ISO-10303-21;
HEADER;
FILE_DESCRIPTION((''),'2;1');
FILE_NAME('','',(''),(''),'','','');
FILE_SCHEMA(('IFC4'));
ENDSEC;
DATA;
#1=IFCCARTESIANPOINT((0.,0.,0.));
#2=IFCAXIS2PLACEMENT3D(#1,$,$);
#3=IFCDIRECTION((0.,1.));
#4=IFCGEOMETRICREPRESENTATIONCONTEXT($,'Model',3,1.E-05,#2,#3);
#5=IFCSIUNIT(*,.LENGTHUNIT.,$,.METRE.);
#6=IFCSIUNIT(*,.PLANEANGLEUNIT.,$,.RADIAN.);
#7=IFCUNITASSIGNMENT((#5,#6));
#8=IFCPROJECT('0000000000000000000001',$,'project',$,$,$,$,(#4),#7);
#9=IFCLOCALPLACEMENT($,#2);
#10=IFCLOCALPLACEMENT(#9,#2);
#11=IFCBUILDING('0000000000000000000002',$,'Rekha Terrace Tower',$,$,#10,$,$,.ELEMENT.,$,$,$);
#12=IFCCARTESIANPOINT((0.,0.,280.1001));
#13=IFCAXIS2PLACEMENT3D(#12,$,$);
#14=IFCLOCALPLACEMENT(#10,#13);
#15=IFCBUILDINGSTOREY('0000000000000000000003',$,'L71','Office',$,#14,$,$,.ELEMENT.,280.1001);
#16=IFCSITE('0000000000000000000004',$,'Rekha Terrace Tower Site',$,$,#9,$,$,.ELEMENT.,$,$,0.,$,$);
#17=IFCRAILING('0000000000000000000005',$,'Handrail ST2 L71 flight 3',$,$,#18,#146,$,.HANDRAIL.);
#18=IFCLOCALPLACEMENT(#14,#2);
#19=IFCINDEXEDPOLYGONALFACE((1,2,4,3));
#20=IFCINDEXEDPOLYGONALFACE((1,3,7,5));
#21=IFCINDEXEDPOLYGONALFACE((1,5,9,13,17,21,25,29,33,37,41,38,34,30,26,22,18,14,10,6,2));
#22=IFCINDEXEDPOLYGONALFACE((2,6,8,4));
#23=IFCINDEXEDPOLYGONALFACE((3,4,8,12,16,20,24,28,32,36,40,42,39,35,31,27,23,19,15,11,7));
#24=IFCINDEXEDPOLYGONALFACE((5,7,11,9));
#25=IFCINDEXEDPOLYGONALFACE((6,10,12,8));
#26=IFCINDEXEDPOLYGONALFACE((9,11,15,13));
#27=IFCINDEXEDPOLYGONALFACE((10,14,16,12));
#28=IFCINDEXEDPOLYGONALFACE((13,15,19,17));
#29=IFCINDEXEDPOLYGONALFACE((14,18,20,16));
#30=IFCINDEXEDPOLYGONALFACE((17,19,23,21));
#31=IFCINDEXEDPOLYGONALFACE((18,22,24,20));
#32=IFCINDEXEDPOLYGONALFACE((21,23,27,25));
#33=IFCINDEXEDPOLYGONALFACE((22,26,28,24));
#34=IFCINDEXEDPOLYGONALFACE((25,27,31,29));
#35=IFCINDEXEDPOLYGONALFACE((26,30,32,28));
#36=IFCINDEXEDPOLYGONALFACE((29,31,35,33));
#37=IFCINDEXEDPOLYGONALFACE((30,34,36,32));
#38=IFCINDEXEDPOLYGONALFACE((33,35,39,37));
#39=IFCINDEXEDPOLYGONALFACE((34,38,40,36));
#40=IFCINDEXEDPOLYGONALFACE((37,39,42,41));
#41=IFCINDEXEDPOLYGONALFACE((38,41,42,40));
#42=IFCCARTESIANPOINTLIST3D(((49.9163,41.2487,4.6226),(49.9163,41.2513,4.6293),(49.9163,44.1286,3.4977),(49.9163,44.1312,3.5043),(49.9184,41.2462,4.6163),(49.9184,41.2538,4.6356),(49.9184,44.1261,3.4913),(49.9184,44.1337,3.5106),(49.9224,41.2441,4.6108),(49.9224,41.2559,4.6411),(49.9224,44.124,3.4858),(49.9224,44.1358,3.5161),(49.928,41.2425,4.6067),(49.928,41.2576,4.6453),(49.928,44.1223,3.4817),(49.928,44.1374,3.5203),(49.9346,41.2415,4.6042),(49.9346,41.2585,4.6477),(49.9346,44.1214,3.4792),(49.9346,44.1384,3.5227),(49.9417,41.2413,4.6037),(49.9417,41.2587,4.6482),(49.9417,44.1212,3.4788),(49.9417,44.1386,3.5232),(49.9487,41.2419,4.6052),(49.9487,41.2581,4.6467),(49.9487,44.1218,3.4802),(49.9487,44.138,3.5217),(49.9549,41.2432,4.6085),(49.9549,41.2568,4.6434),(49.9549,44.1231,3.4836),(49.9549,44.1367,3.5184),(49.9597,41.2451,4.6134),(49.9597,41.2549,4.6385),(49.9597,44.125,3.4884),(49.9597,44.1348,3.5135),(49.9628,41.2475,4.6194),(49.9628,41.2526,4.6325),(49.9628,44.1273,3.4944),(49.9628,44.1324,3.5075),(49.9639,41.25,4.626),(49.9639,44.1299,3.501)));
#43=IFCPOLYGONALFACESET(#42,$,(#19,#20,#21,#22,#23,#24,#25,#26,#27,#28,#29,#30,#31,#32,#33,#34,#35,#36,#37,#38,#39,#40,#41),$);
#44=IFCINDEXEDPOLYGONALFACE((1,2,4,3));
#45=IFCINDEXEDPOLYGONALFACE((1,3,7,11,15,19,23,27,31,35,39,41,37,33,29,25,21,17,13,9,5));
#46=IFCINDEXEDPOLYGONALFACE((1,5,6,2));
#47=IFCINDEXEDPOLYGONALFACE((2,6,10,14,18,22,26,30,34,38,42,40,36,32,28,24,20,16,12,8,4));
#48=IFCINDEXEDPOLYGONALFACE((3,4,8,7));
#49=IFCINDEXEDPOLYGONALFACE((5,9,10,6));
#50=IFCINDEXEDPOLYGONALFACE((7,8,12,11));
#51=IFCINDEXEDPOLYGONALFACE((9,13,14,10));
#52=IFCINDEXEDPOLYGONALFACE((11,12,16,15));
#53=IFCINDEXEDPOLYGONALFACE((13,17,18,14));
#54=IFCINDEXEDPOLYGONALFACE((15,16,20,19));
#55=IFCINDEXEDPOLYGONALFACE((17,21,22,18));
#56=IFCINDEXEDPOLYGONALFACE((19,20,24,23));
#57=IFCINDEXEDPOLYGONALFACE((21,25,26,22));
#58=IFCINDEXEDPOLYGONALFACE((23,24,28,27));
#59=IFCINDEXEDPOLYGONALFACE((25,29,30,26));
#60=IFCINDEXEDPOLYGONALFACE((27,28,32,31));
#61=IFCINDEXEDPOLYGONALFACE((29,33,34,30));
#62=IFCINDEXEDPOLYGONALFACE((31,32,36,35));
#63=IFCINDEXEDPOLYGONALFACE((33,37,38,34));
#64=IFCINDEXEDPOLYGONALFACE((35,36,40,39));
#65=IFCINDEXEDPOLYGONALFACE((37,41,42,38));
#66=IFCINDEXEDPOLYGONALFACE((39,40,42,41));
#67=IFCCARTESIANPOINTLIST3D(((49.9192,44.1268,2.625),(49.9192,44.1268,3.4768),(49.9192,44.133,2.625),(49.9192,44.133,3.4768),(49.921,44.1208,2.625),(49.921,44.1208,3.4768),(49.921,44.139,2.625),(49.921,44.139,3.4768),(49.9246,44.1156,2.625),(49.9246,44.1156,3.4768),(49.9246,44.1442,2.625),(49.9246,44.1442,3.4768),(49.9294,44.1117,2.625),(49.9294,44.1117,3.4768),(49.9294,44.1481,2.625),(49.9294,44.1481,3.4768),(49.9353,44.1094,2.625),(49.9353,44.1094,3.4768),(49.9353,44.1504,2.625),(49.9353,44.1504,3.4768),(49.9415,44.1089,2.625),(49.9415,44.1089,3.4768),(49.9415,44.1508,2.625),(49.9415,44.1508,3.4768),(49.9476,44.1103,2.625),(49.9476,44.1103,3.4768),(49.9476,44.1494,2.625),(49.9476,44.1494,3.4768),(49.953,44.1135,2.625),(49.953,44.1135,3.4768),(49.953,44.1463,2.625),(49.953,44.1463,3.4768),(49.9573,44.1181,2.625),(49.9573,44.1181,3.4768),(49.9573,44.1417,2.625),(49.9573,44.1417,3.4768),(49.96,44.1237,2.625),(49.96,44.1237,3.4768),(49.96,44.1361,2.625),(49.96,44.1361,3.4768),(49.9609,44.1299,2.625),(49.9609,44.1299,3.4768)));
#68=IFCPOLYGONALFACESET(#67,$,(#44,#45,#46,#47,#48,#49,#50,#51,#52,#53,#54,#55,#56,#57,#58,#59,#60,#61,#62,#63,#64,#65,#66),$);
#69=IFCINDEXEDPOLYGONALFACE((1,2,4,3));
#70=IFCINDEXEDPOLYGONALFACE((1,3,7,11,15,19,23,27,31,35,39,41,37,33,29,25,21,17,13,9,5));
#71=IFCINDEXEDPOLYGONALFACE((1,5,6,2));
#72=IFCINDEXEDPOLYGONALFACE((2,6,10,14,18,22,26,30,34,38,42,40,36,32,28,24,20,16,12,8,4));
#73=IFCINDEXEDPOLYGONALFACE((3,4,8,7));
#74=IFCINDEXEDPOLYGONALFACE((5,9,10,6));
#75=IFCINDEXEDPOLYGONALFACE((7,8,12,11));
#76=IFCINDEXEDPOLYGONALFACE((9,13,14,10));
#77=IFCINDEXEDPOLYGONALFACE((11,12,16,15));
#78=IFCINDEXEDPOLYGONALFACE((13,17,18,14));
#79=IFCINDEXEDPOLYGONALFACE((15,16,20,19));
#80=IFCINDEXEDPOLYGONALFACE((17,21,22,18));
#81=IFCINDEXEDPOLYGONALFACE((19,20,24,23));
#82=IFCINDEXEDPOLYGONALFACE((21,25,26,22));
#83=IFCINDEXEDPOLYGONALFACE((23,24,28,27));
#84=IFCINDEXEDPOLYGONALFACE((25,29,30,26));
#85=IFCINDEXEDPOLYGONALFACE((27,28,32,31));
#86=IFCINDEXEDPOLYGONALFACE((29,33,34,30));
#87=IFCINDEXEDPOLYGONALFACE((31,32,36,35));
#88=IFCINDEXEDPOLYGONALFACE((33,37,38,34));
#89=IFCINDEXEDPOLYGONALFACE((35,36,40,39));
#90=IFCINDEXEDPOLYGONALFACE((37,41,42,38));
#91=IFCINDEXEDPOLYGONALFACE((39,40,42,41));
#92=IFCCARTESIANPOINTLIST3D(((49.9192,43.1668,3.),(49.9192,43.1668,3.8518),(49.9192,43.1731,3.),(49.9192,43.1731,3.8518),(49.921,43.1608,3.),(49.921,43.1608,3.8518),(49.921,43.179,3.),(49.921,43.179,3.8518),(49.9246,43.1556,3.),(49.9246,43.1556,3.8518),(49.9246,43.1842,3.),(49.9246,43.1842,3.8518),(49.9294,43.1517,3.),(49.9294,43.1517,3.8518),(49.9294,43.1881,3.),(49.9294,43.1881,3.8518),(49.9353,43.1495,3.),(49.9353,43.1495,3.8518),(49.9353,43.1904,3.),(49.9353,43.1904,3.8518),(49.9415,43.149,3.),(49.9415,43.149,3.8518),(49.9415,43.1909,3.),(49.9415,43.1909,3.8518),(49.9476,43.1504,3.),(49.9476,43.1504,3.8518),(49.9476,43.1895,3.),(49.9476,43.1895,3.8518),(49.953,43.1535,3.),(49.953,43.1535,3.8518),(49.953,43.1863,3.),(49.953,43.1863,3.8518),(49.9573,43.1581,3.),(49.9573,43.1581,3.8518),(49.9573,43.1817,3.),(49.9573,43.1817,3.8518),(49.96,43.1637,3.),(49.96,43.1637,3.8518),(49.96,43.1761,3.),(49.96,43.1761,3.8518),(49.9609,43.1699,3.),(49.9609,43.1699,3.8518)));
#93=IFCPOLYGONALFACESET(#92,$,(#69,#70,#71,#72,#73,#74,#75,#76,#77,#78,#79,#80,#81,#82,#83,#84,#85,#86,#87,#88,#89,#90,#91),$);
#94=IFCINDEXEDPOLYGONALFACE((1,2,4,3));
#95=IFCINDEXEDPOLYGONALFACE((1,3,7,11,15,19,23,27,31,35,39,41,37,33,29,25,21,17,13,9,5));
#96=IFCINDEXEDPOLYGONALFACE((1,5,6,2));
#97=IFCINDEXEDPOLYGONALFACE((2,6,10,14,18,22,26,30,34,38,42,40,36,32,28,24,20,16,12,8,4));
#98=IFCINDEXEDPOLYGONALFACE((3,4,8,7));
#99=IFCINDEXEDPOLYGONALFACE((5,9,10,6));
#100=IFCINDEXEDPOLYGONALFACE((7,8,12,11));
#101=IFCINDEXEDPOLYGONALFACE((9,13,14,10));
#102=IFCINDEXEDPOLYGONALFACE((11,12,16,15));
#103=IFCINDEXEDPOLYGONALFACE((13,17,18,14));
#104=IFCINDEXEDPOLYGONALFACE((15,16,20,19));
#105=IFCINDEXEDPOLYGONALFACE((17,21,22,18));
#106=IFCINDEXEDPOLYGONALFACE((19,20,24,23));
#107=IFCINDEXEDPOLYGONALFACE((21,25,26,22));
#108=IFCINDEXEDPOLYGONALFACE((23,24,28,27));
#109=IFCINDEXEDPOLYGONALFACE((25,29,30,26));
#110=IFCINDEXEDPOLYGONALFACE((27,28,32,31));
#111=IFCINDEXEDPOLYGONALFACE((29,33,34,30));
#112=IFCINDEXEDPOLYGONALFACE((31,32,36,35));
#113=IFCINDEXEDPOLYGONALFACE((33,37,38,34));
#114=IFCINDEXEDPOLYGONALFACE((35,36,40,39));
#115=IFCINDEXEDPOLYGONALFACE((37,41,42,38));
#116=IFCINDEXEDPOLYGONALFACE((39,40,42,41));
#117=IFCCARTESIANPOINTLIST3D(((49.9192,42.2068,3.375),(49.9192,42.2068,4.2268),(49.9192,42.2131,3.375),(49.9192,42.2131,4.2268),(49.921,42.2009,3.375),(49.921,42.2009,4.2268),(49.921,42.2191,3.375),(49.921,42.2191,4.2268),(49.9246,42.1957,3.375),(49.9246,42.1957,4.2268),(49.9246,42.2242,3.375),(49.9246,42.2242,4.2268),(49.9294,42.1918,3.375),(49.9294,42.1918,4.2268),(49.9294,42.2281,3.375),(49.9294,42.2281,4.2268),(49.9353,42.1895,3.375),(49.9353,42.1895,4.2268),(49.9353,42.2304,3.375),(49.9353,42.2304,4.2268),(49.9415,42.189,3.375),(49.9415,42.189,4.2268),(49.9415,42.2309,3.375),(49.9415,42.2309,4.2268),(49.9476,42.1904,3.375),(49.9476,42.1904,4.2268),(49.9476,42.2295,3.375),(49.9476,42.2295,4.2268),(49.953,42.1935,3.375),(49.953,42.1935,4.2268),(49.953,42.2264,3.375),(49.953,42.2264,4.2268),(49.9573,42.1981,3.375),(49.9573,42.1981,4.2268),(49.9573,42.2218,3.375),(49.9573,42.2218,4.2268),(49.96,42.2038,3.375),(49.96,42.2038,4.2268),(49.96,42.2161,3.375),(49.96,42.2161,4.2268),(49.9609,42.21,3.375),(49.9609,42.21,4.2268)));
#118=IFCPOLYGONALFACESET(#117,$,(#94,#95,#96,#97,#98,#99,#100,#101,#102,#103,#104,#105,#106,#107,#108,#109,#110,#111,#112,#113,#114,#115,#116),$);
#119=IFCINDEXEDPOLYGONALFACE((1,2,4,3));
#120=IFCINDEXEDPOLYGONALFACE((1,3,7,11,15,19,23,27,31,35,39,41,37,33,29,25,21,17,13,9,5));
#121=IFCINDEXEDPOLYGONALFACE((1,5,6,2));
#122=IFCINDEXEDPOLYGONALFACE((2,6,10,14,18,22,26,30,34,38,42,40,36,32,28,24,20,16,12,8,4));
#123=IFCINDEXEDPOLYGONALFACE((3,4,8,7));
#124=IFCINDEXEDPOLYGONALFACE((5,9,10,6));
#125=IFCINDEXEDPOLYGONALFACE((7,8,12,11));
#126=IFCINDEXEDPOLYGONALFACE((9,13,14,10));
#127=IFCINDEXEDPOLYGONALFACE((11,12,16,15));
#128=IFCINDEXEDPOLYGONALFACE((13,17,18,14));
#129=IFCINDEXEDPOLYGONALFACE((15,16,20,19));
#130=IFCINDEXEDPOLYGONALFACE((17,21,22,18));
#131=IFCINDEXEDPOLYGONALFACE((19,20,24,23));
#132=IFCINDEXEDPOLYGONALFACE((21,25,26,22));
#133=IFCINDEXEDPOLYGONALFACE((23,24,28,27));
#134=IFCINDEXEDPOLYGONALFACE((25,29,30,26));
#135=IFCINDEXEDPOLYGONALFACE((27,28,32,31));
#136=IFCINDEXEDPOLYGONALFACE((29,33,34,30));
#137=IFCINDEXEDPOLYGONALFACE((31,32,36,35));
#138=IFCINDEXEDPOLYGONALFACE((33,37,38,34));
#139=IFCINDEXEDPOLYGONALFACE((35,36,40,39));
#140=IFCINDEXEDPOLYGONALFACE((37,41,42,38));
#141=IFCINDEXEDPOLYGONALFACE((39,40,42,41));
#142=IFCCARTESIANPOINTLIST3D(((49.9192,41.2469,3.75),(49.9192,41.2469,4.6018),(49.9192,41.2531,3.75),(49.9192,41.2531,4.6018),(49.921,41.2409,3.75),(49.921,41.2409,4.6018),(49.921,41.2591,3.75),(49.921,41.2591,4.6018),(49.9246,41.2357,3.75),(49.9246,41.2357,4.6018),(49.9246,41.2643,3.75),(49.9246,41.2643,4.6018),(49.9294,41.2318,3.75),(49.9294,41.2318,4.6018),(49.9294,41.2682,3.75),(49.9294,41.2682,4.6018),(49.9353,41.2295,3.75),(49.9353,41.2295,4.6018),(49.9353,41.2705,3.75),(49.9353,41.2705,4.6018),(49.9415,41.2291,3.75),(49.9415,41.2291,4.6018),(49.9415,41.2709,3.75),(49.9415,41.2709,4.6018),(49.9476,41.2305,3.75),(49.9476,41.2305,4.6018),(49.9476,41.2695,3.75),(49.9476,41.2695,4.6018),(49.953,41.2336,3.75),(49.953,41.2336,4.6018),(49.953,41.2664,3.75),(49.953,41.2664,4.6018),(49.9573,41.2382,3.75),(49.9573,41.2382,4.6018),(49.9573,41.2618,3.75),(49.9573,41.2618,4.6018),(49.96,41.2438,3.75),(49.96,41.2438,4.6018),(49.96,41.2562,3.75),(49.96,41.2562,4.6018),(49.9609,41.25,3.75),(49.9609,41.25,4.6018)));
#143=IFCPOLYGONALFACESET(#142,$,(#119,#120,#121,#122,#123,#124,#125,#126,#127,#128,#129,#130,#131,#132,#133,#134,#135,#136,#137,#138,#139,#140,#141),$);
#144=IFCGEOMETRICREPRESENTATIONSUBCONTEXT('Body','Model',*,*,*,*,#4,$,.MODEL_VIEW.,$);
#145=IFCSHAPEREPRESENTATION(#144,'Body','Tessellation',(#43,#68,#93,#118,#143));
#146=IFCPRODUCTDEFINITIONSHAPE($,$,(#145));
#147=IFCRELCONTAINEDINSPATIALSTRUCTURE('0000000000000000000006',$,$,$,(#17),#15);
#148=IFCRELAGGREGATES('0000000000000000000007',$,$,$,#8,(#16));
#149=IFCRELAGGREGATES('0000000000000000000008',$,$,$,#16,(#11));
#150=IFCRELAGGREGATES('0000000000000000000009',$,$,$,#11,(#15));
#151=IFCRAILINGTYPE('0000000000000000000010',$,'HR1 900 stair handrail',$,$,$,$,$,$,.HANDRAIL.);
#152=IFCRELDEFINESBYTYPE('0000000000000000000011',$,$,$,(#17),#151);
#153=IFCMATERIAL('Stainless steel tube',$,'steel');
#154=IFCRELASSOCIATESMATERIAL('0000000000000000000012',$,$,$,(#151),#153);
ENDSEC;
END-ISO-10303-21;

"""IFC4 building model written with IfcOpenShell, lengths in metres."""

from ifc_helpers import new_model, si_unit, direction, frame, origin, origin_2d, place, context, subcontext, project, spatial, circle, extrude, material, type_object, element, save


model = new_model("IFC4")

# Units and contexts
model_context = context("Model", 3, precision=1e-05, world=origin(), true_north=direction((0.0, 1.0)))
body_context = subcontext(model_context, "Body", "Model", "MODEL_VIEW")
ifc_project = project(units=[si_unit("LENGTHUNIT", "METRE"), si_unit("PLANEANGLEUNIT", "RADIAN")], contexts=[model_context])

# Site, building, storey
site_placement = place(None, origin())
site = spatial("IfcSite", under=ifc_project, at=site_placement, Name="Rekha Terrace Tower Site", CompositionType="ELEMENT", RefElevation=0.0)
building_placement = place(site_placement, origin())
building = spatial("IfcBuilding", under=site, at=building_placement, Name="Rekha Terrace Tower", CompositionType="ELEMENT")
storey_placement = place(building_placement, frame((0.0, 0.0, 280.1001)))
storey = spatial("IfcBuildingStorey", under=building, at=storey_placement, Name="L71", Description="Office", CompositionType="ELEMENT", Elevation=280.1001)

# Railing
ifc_material_1 = material(Name="Stainless steel tube", Category="steel")
railing_type_1 = type_object("IfcRailingType", Name="HR1 900 stair handrail", PredefinedType="HANDRAIL", material=ifc_material_1)
railing_1_placement = place(storey_placement, frame((49.9399, 44.1299, 2.625)))
element("IfcRailing", 1, at=railing_1_placement, inside=storey, type_object=railing_type_1, Name="Handrail ST2 L71 flight 3", PredefinedType="HANDRAIL", context=body_context, shape_type="SweptSolid", body=[
    extrude(circle(Radius=0.0239, at=origin_2d()), frame((0.0, 0.0, 0.876), z_axis=(0.0, -0.931452, 0.363863), x_axis=(1.0, 0.0, 0.0)), (0.0, 0.0, 1.0), 3.0918),
    extrude(circle(Radius=0.021, at=origin_2d()), origin(), (0.0, 0.0, 1.0), 0.8518),
    extrude(circle(Radius=0.021, at=origin_2d()), frame((0.0, -0.96, 0.375)), (0.0, 0.0, 1.0), 0.8518),
    extrude(circle(Radius=0.021, at=origin_2d()), frame((0.0, -1.9199, 0.75)), (0.0, 0.0, 1.0), 0.8518),
    extrude(circle(Radius=0.021, at=origin_2d()), frame((0.0, -2.8799, 1.125)), (0.0, 0.0, 1.0), 0.8518),
])

save(model, "model.ifc")
